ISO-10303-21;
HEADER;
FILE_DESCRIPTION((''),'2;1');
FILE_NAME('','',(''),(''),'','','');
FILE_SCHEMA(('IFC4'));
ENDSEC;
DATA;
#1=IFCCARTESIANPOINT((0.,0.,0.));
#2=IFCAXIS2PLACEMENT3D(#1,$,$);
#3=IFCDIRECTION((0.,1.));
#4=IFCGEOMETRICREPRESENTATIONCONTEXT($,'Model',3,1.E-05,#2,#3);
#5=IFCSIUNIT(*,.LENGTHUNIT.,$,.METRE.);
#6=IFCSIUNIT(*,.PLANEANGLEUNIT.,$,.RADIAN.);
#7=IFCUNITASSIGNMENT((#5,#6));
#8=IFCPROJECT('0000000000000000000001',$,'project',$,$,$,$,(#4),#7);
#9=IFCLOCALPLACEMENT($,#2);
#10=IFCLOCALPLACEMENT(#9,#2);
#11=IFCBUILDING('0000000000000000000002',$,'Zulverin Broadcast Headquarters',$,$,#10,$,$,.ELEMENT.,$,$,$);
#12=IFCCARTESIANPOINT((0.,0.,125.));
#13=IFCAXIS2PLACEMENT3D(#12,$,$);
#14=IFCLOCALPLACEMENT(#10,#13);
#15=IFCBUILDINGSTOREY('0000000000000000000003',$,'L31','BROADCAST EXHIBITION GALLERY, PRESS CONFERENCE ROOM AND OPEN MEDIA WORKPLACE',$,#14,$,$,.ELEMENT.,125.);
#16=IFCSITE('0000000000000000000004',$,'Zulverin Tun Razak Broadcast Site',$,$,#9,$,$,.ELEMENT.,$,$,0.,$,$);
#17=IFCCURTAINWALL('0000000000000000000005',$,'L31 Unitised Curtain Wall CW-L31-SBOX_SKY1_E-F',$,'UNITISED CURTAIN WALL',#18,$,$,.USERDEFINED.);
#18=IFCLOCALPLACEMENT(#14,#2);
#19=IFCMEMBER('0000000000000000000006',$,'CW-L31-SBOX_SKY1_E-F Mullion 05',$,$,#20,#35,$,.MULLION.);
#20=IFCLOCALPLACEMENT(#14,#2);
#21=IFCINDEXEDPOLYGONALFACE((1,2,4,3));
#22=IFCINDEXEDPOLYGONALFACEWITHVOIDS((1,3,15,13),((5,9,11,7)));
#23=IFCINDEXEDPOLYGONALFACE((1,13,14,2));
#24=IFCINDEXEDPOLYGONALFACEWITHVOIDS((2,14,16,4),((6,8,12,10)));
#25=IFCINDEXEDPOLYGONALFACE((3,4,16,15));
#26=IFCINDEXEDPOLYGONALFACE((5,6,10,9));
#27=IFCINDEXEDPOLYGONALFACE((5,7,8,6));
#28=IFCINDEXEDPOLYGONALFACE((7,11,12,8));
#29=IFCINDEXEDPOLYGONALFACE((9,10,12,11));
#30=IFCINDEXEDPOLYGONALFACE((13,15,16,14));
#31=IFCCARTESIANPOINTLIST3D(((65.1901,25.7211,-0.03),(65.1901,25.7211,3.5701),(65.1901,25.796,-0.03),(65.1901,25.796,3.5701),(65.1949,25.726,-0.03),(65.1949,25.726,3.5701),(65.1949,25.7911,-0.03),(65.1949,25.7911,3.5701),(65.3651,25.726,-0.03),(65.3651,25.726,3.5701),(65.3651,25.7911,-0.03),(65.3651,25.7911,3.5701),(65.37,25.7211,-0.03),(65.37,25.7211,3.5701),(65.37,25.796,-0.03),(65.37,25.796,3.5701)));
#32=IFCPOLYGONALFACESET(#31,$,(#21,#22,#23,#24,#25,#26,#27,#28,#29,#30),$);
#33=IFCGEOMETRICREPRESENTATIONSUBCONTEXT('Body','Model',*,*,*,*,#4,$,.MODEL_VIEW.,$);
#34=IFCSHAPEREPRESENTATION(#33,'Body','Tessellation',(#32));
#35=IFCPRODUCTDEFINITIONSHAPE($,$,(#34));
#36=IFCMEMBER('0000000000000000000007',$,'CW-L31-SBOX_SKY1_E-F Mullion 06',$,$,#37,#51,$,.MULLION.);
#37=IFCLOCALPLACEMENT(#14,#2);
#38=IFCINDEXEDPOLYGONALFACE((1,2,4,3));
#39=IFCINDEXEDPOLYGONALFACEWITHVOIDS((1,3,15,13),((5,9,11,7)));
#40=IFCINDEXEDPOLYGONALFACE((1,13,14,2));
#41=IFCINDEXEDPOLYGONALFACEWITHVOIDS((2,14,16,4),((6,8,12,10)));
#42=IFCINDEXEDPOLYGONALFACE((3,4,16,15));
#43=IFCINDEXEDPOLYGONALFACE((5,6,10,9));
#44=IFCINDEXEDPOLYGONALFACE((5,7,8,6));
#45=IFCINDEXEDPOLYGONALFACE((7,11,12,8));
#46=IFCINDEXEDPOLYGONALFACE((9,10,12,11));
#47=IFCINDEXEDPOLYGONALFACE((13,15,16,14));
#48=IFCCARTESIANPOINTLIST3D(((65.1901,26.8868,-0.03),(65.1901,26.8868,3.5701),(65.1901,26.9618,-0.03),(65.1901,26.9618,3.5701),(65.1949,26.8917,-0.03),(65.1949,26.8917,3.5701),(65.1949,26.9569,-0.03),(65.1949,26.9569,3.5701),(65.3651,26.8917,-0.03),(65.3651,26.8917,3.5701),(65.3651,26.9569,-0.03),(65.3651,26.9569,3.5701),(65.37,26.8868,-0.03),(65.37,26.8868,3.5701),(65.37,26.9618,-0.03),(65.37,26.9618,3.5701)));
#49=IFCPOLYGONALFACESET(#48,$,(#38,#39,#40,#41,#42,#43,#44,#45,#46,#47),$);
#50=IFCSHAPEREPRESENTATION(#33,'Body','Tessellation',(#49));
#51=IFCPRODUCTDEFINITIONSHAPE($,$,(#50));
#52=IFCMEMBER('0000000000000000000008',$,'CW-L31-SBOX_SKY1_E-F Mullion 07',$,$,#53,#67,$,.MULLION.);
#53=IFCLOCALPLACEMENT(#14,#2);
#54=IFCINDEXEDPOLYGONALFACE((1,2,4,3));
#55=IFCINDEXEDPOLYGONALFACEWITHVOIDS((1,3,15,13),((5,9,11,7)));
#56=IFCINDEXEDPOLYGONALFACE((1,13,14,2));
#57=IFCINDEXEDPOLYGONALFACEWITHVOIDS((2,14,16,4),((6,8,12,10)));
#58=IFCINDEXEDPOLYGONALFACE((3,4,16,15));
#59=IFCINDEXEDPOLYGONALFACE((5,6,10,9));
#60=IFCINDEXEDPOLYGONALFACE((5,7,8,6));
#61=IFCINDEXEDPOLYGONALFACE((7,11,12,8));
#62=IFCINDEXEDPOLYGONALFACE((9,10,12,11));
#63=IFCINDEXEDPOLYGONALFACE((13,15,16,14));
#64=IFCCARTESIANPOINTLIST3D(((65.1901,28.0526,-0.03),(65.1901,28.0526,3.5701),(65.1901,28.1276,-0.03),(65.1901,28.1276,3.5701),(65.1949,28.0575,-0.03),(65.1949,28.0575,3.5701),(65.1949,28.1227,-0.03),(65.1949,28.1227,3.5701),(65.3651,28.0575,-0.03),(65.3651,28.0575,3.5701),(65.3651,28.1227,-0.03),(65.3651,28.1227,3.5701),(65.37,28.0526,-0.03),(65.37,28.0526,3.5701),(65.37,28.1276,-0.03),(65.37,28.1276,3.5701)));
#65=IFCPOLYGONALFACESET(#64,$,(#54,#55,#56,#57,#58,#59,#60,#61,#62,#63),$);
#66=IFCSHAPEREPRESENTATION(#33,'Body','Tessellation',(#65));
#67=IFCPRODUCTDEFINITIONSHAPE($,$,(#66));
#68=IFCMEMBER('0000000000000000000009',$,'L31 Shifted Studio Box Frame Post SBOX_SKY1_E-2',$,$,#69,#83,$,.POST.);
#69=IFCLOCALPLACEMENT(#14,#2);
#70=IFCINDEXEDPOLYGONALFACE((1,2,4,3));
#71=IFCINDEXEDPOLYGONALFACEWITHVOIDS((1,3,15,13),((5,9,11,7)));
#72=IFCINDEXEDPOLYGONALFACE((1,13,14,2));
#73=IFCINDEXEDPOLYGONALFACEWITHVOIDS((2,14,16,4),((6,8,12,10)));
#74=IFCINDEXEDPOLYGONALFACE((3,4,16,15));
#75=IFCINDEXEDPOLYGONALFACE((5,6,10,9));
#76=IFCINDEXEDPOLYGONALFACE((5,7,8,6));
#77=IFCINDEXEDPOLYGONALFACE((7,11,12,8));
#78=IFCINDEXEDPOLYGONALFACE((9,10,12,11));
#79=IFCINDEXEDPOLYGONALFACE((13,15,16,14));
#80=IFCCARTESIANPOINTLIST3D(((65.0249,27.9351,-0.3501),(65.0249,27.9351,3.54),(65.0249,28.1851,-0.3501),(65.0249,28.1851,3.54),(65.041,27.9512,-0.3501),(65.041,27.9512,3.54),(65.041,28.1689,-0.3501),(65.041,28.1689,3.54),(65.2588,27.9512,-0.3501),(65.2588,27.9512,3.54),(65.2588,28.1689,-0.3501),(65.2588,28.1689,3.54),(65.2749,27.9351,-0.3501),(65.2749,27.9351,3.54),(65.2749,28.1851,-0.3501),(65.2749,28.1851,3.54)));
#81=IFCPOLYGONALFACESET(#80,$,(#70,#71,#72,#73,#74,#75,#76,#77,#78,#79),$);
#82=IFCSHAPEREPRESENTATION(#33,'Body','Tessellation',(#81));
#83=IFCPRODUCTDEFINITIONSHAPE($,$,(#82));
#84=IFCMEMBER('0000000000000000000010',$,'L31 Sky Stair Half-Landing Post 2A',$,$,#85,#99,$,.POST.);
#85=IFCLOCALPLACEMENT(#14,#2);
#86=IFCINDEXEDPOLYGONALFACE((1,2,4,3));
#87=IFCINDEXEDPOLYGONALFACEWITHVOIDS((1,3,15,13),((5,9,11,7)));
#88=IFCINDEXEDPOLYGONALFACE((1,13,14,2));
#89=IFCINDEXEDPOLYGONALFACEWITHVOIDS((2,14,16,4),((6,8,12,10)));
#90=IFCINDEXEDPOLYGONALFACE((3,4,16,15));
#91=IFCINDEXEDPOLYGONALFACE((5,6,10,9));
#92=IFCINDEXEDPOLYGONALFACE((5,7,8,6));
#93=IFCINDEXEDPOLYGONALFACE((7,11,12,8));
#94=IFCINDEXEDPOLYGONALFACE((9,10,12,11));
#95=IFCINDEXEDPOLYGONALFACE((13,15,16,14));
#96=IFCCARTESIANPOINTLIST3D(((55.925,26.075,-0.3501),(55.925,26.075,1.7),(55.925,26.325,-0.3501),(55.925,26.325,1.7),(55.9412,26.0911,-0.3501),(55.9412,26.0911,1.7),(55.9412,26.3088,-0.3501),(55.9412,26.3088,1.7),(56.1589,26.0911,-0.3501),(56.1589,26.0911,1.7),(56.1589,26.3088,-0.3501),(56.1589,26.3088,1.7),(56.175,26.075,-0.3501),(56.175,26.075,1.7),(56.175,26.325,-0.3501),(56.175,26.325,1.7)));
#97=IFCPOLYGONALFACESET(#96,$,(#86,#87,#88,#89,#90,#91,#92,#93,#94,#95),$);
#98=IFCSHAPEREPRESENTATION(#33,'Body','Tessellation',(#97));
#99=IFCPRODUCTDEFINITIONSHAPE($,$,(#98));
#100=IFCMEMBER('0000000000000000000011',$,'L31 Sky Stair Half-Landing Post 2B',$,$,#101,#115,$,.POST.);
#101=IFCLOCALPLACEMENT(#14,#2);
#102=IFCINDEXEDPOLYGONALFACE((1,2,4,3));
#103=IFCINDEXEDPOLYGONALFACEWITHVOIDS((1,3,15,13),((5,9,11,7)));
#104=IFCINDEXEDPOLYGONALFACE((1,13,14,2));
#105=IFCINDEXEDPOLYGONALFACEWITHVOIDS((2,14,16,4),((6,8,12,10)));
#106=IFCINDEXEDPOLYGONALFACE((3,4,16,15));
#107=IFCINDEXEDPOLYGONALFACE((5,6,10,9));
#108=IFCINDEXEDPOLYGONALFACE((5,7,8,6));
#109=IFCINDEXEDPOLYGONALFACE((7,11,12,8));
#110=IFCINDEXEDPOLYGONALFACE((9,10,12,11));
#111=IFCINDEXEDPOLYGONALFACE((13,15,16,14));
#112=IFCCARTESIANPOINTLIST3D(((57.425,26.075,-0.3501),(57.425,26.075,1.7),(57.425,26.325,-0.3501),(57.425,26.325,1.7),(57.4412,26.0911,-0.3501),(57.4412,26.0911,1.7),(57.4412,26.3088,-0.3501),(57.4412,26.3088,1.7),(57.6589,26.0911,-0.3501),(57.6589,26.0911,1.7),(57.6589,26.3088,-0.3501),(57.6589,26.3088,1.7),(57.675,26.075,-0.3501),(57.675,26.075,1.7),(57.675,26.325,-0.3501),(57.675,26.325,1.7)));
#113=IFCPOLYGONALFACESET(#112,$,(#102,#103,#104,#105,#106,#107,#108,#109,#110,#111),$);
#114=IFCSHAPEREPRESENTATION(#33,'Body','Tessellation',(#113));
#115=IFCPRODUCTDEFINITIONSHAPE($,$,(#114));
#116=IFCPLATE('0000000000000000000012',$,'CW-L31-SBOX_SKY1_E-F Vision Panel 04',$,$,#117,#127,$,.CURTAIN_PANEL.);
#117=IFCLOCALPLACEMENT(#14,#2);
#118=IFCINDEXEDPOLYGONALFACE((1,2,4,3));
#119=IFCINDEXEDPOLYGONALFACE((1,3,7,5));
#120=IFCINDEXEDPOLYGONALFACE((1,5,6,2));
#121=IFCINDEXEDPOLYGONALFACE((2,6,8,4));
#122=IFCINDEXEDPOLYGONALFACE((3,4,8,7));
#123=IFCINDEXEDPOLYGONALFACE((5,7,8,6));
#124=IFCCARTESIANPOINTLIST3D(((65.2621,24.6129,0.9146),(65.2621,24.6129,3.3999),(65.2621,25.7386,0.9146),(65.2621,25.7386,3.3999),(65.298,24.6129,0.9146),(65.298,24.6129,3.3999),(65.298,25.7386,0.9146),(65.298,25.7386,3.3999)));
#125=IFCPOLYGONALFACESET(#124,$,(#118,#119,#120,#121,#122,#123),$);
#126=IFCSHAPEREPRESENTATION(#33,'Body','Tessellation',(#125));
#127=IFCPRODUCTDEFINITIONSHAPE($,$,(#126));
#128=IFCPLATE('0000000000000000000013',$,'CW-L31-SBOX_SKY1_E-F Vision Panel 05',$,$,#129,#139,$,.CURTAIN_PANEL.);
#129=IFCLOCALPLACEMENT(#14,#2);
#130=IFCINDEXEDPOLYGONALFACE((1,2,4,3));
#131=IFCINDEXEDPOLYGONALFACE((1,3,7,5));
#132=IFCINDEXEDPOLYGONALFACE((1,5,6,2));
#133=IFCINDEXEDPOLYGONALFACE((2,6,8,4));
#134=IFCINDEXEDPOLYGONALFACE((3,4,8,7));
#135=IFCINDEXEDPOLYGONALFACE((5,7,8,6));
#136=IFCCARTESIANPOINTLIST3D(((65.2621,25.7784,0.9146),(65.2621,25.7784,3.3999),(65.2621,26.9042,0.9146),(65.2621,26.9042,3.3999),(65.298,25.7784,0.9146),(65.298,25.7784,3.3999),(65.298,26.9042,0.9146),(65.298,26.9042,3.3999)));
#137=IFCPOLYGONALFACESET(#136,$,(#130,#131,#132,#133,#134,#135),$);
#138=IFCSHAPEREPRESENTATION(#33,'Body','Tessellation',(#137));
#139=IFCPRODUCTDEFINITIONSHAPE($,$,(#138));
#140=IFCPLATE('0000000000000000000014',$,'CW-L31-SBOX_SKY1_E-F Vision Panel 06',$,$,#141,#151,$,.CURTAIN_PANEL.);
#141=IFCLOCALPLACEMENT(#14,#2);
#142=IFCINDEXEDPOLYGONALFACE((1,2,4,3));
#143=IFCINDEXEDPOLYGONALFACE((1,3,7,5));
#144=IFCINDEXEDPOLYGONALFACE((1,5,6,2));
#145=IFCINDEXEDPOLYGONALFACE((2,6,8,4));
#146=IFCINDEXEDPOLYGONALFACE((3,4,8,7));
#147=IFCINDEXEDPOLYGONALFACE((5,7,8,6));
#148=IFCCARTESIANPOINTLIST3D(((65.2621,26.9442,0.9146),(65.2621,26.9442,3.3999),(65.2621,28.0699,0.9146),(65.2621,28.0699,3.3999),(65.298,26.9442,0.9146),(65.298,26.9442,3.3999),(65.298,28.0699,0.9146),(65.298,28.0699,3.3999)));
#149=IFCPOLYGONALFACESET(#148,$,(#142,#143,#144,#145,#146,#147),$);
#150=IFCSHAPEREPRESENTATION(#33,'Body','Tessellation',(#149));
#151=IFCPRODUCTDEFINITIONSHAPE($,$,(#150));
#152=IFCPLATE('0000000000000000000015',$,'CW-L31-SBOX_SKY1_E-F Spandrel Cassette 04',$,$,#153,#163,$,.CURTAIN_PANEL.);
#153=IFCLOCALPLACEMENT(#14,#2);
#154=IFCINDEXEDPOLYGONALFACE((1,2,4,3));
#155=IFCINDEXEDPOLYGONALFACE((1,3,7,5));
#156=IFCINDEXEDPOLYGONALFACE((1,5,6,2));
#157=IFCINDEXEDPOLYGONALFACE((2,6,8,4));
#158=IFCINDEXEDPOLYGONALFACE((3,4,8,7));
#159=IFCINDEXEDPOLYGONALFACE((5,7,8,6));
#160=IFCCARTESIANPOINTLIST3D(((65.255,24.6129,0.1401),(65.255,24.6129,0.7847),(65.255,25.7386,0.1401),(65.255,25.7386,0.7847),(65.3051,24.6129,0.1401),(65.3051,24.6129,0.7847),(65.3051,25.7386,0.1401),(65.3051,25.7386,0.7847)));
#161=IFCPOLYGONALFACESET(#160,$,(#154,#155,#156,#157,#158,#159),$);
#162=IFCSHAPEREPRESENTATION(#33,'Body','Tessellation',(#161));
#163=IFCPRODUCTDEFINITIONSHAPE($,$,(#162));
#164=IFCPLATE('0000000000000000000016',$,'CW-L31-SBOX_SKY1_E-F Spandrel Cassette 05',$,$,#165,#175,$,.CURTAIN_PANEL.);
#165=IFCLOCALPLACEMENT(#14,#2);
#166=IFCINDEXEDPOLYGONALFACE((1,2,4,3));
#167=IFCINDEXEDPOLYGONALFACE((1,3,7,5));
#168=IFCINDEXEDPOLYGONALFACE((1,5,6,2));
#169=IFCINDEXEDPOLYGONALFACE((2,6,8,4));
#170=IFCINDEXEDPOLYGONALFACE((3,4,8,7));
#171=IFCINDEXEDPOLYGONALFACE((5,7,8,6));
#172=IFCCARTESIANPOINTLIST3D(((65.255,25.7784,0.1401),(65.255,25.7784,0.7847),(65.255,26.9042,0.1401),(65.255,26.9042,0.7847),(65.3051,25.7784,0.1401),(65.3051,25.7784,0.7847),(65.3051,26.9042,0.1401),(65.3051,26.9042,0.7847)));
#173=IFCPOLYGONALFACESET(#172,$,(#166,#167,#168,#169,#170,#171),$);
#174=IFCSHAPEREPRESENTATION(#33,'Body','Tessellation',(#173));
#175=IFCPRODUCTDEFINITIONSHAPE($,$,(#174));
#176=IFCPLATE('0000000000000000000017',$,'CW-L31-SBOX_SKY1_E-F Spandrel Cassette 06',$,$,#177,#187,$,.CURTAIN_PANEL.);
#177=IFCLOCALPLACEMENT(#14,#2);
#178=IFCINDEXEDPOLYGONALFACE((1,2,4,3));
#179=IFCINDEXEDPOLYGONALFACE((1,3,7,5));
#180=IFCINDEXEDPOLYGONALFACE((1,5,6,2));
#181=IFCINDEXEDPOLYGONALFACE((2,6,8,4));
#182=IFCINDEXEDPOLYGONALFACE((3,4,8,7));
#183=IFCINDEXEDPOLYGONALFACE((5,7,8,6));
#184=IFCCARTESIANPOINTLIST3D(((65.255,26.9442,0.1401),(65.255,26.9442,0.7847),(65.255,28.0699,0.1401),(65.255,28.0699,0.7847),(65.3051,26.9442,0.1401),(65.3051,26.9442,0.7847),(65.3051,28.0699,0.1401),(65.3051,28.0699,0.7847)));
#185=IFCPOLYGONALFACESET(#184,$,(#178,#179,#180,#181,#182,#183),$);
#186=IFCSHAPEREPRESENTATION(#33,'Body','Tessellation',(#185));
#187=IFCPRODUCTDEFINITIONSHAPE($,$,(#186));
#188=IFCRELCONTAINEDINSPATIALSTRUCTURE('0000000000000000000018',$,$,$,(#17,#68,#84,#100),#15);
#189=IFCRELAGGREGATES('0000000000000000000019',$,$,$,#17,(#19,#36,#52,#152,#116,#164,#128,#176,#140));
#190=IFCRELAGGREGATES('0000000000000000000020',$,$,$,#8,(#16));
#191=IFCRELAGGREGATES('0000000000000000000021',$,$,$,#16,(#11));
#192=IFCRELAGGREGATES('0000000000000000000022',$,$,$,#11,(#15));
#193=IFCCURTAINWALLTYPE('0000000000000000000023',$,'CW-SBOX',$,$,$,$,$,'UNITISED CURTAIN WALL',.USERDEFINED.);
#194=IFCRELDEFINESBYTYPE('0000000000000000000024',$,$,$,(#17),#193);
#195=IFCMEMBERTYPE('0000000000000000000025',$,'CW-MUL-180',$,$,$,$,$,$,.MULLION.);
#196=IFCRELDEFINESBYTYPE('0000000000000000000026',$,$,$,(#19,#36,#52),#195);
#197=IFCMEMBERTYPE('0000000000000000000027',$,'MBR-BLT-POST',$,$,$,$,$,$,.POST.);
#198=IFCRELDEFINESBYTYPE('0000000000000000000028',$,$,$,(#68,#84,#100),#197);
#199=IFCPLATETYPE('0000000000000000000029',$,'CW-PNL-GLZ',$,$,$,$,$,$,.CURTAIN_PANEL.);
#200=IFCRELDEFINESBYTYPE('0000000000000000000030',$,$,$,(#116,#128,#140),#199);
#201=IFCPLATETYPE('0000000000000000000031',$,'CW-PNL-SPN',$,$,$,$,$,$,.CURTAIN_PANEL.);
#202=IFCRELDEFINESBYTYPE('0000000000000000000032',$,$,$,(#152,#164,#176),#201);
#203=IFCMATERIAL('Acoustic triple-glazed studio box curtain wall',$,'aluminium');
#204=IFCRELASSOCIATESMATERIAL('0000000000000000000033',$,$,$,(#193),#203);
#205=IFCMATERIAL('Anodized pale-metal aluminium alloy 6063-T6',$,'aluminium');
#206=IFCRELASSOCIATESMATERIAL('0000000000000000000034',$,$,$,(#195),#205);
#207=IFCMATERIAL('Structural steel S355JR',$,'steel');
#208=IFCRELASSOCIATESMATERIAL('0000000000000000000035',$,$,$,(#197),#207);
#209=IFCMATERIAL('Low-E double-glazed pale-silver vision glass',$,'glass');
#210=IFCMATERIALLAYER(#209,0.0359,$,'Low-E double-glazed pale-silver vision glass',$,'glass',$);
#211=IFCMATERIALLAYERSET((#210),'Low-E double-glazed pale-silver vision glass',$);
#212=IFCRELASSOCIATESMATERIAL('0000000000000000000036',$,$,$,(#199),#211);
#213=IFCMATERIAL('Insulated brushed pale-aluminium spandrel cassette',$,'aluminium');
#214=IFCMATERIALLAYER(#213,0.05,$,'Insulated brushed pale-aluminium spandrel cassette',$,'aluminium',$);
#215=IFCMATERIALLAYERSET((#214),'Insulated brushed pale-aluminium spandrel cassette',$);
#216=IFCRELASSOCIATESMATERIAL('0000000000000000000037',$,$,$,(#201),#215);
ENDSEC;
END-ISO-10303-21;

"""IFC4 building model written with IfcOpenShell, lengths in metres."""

from ifc_helpers import new_model, si_unit, direction, frame, origin, origin_2d, place, context, subcontext, project, spatial, rectangle, hollow_rectangle, extrude, material, layer, layer_set, material_profile, profile_set, type_object, element, aggregate, save


model = new_model("IFC4")

# Units and contexts
model_context = context("Model", 3, precision=1e-05, world=origin(), true_north=direction((0.0, 1.0)))
body_context = subcontext(model_context, "Body", "Model", "MODEL_VIEW")
ifc_project = project(units=[si_unit("LENGTHUNIT", "METRE"), si_unit("PLANEANGLEUNIT", "RADIAN")], contexts=[model_context])

# Site, building, storey
site_placement = place(None, origin())
site = spatial("IfcSite", under=ifc_project, at=site_placement, Name="Zulverin Tun Razak Broadcast Site", CompositionType="ELEMENT", RefElevation=0.0)
building_placement = place(site_placement, origin())
building = spatial("IfcBuilding", under=site, at=building_placement, Name="Zulverin Broadcast Headquarters", CompositionType="ELEMENT")
storey_placement = place(building_placement, frame((0.0, 0.0, 125.0)))
storey = spatial("IfcBuildingStorey", under=building, at=storey_placement, Name="L31", Description="BROADCAST EXHIBITION GALLERY, PRESS CONFERENCE ROOM AND OPEN MEDIA WORKPLACE", CompositionType="ELEMENT", Elevation=125.0)

# Curtain wall, members
ifc_material_1 = material(Name="Acoustic triple-glazed studio box curtain wall", Category="aluminium")
curtain_wall_type = type_object("IfcCurtainWallType", Name="CW-SBOX", ElementType="UNITISED CURTAIN WALL", PredefinedType="USERDEFINED", material=ifc_material_1)
curtain_wall_placement = place(storey_placement, origin())
curtain_wall = element("IfcCurtainWall", 1, at=curtain_wall_placement, inside=storey, type_object=curtain_wall_type, Name="L31 Unitised Curtain Wall CW-L31-SBOX_SKY1_E-F", ObjectType="UNITISED CURTAIN WALL", PredefinedType="USERDEFINED")
ifc_material_2 = material(Name="Anodized pale-metal aluminium alloy 6063-T6", Category="aluminium")
ifc_material_profile_1 = material_profile(ifc_material_2, hollow_rectangle(XDim=0.075, YDim=0.1799, WallThickness=0.0049, at=origin_2d()), Name="Anodized pale-metal aluminium alloy 6063-T6", Category="aluminium")
ifc_profile_set_1 = profile_set([ifc_material_profile_1], Name="Anodized pale-metal aluminium alloy 6063-T6")
member_type_1 = type_object("IfcMemberType", Name="CW-MUL-180", PredefinedType="MULLION", material=ifc_profile_set_1)
member_1_placement = place(storey_placement, frame((65.28, 25.7585, -0.03), z_axis=(0.0, 0.0, 1.0), x_axis=(0.0, 1.0, 0.0)))
member_1 = element("IfcMember", 2, at=member_1_placement, type_object=member_type_1, Name="CW-L31-SBOX_SKY1_E-F Mullion 05", PredefinedType="MULLION", context=body_context, shape_type="SweptSolid", body=[
    extrude(hollow_rectangle(XDim=0.075, YDim=0.1799, WallThickness=0.0049, at=origin_2d()), origin(), (0.0, 0.0, 1.0), 3.6001),
])
member_2_placement = place(storey_placement, frame((65.28, 26.9243, -0.03), z_axis=(0.0, 0.0, 1.0), x_axis=(0.0, 1.0, 0.0)))
member_2 = element("IfcMember", 3, at=member_2_placement, type_object=member_type_1, Name="CW-L31-SBOX_SKY1_E-F Mullion 06", PredefinedType="MULLION", context=body_context, shape_type="SweptSolid", body=[
    extrude(hollow_rectangle(XDim=0.075, YDim=0.1799, WallThickness=0.0049, at=origin_2d()), origin(), (0.0, 0.0, 1.0), 3.6001),
])
member_3_placement = place(storey_placement, frame((65.28, 28.0901, -0.03), z_axis=(0.0, 0.0, 1.0), x_axis=(0.0, 1.0, 0.0)))
member_3 = element("IfcMember", 4, at=member_3_placement, type_object=member_type_1, Name="CW-L31-SBOX_SKY1_E-F Mullion 07", PredefinedType="MULLION", context=body_context, shape_type="SweptSolid", body=[
    extrude(hollow_rectangle(XDim=0.075, YDim=0.1799, WallThickness=0.0049, at=origin_2d()), origin(), (0.0, 0.0, 1.0), 3.6001),
])

# Members
ifc_material_3 = material(Name="Structural steel S355JR", Category="steel")
ifc_material_profile_2 = material_profile(ifc_material_3, hollow_rectangle(XDim=0.25, YDim=0.25, WallThickness=0.0161, at=origin_2d()), Name="Structural steel S355JR", Category="steel")
ifc_profile_set_2 = profile_set([ifc_material_profile_2], Name="Structural steel S355JR")
member_type_2 = type_object("IfcMemberType", Name="MBR-BLT-POST", PredefinedType="POST", material=ifc_profile_set_2)
member_4_placement = place(storey_placement, frame((65.1499, 28.0601, -0.3501), z_axis=(0.0, 0.0, 1.0), x_axis=(1.0, 0.0, 0.0)))
element("IfcMember", 5, at=member_4_placement, inside=storey, type_object=member_type_2, Name="L31 Shifted Studio Box Frame Post SBOX_SKY1_E-2", PredefinedType="POST", context=body_context, shape_type="SweptSolid", body=[
    extrude(hollow_rectangle(XDim=0.25, YDim=0.25, WallThickness=0.0161, at=origin_2d()), origin(), (0.0, 0.0, 1.0), 3.8901),
])
for number, where, z_axis, x_axis, name in (
    (6, (56.05, 26.2, -0.3501), (0.0, 0.0, 1.0), (1.0, 0.0, 0.0), "L31 Sky Stair Half-Landing Post 2A"),
    (7, (57.55, 26.2, -0.3501), (0.0, 0.0, 1.0), (1.0, 0.0, 0.0), "L31 Sky Stair Half-Landing Post 2B"),
):
    element("IfcMember", number, at=place(storey_placement, frame(where, z_axis=z_axis, x_axis=x_axis)), inside=storey, type_object=member_type_2, Name=name, PredefinedType="POST", context=body_context, shape_type="SweptSolid", body=[
        extrude(hollow_rectangle(XDim=0.25, YDim=0.25, WallThickness=0.0161, at=origin_2d()), origin(), (0.0, 0.0, 1.0), 2.05),
    ])

# Plates
ifc_material_4 = material(Name="Low-E double-glazed pale-silver vision glass", Category="glass")
ifc_layer_1 = layer(ifc_material_4, 0.0359, Name="Low-E double-glazed pale-silver vision glass", Category="glass")
ifc_layer_set_1 = layer_set([ifc_layer_1], Name="Low-E double-glazed pale-silver vision glass")
plate_type_1 = type_object("IfcPlateType", Name="CW-PNL-GLZ", PredefinedType="CURTAIN_PANEL", material=ifc_layer_set_1)
plate_1_placement = place(storey_placement, frame((65.28, 25.1758, 0.9146), z_axis=(0.0, 0.0, 1.0), x_axis=(0.0, 1.0, 0.0)))
plate_1 = element("IfcPlate", 8, at=plate_1_placement, type_object=plate_type_1, Name="CW-L31-SBOX_SKY1_E-F Vision Panel 04", PredefinedType="CURTAIN_PANEL", context=body_context, shape_type="SweptSolid", body=[
    extrude(rectangle(XDim=1.1257, YDim=0.0359, at=origin_2d()), origin(), (0.0, 0.0, 1.0), 2.4854),
])
plate_2_placement = place(storey_placement, frame((65.28, 26.3413, 0.9146), z_axis=(0.0, 0.0, 1.0), x_axis=(0.0, 1.0, 0.0)))
plate_2 = element("IfcPlate", 9, at=plate_2_placement, type_object=plate_type_1, Name="CW-L31-SBOX_SKY1_E-F Vision Panel 05", PredefinedType="CURTAIN_PANEL", context=body_context, shape_type="SweptSolid", body=[
    extrude(rectangle(XDim=1.1257, YDim=0.0359, at=origin_2d()), origin(), (0.0, 0.0, 1.0), 2.4854),
])
plate_3_placement = place(storey_placement, frame((65.28, 27.5071, 0.9146), z_axis=(0.0, 0.0, 1.0), x_axis=(0.0, 1.0, 0.0)))
plate_3 = element("IfcPlate", 10, at=plate_3_placement, type_object=plate_type_1, Name="CW-L31-SBOX_SKY1_E-F Vision Panel 06", PredefinedType="CURTAIN_PANEL", context=body_context, shape_type="SweptSolid", body=[
    extrude(rectangle(XDim=1.1257, YDim=0.0359, at=origin_2d()), origin(), (0.0, 0.0, 1.0), 2.4854),
])
ifc_material_5 = material(Name="Insulated brushed pale-aluminium spandrel cassette", Category="aluminium")
ifc_layer_2 = layer(ifc_material_5, 0.05, Name="Insulated brushed pale-aluminium spandrel cassette", Category="aluminium")
ifc_layer_set_2 = layer_set([ifc_layer_2], Name="Insulated brushed pale-aluminium spandrel cassette")
plate_type_2 = type_object("IfcPlateType", Name="CW-PNL-SPN", PredefinedType="CURTAIN_PANEL", material=ifc_layer_set_2)
plate_4_placement = place(storey_placement, frame((65.28, 25.1758, 0.1401), z_axis=(0.0, 0.0, 1.0), x_axis=(0.0, 1.0, 0.0)))
plate_4 = element("IfcPlate", 11, at=plate_4_placement, type_object=plate_type_2, Name="CW-L31-SBOX_SKY1_E-F Spandrel Cassette 04", PredefinedType="CURTAIN_PANEL", context=body_context, shape_type="SweptSolid", body=[
    extrude(rectangle(XDim=1.1257, YDim=0.05, at=origin_2d()), origin(), (0.0, 0.0, 1.0), 0.6445),
])
plate_5_placement = place(storey_placement, frame((65.28, 26.3413, 0.1401), z_axis=(0.0, 0.0, 1.0), x_axis=(0.0, 1.0, 0.0)))
plate_5 = element("IfcPlate", 12, at=plate_5_placement, type_object=plate_type_2, Name="CW-L31-SBOX_SKY1_E-F Spandrel Cassette 05", PredefinedType="CURTAIN_PANEL", context=body_context, shape_type="SweptSolid", body=[
    extrude(rectangle(XDim=1.1257, YDim=0.05, at=origin_2d()), origin(), (0.0, 0.0, 1.0), 0.6445),
])
plate_6_placement = place(storey_placement, frame((65.28, 27.5071, 0.1401), z_axis=(0.0, 0.0, 1.0), x_axis=(0.0, 1.0, 0.0)))
plate_6 = element("IfcPlate", 13, at=plate_6_placement, type_object=plate_type_2, Name="CW-L31-SBOX_SKY1_E-F Spandrel Cassette 06", PredefinedType="CURTAIN_PANEL", context=body_context, shape_type="SweptSolid", body=[
    extrude(rectangle(XDim=1.1257, YDim=0.05, at=origin_2d()), origin(), (0.0, 0.0, 1.0), 0.6445),
])
aggregate(curtain_wall, [member_1, member_2, member_3, plate_4, plate_1, plate_5, plate_2, plate_6, plate_3])

save(model, "model.ifc")
